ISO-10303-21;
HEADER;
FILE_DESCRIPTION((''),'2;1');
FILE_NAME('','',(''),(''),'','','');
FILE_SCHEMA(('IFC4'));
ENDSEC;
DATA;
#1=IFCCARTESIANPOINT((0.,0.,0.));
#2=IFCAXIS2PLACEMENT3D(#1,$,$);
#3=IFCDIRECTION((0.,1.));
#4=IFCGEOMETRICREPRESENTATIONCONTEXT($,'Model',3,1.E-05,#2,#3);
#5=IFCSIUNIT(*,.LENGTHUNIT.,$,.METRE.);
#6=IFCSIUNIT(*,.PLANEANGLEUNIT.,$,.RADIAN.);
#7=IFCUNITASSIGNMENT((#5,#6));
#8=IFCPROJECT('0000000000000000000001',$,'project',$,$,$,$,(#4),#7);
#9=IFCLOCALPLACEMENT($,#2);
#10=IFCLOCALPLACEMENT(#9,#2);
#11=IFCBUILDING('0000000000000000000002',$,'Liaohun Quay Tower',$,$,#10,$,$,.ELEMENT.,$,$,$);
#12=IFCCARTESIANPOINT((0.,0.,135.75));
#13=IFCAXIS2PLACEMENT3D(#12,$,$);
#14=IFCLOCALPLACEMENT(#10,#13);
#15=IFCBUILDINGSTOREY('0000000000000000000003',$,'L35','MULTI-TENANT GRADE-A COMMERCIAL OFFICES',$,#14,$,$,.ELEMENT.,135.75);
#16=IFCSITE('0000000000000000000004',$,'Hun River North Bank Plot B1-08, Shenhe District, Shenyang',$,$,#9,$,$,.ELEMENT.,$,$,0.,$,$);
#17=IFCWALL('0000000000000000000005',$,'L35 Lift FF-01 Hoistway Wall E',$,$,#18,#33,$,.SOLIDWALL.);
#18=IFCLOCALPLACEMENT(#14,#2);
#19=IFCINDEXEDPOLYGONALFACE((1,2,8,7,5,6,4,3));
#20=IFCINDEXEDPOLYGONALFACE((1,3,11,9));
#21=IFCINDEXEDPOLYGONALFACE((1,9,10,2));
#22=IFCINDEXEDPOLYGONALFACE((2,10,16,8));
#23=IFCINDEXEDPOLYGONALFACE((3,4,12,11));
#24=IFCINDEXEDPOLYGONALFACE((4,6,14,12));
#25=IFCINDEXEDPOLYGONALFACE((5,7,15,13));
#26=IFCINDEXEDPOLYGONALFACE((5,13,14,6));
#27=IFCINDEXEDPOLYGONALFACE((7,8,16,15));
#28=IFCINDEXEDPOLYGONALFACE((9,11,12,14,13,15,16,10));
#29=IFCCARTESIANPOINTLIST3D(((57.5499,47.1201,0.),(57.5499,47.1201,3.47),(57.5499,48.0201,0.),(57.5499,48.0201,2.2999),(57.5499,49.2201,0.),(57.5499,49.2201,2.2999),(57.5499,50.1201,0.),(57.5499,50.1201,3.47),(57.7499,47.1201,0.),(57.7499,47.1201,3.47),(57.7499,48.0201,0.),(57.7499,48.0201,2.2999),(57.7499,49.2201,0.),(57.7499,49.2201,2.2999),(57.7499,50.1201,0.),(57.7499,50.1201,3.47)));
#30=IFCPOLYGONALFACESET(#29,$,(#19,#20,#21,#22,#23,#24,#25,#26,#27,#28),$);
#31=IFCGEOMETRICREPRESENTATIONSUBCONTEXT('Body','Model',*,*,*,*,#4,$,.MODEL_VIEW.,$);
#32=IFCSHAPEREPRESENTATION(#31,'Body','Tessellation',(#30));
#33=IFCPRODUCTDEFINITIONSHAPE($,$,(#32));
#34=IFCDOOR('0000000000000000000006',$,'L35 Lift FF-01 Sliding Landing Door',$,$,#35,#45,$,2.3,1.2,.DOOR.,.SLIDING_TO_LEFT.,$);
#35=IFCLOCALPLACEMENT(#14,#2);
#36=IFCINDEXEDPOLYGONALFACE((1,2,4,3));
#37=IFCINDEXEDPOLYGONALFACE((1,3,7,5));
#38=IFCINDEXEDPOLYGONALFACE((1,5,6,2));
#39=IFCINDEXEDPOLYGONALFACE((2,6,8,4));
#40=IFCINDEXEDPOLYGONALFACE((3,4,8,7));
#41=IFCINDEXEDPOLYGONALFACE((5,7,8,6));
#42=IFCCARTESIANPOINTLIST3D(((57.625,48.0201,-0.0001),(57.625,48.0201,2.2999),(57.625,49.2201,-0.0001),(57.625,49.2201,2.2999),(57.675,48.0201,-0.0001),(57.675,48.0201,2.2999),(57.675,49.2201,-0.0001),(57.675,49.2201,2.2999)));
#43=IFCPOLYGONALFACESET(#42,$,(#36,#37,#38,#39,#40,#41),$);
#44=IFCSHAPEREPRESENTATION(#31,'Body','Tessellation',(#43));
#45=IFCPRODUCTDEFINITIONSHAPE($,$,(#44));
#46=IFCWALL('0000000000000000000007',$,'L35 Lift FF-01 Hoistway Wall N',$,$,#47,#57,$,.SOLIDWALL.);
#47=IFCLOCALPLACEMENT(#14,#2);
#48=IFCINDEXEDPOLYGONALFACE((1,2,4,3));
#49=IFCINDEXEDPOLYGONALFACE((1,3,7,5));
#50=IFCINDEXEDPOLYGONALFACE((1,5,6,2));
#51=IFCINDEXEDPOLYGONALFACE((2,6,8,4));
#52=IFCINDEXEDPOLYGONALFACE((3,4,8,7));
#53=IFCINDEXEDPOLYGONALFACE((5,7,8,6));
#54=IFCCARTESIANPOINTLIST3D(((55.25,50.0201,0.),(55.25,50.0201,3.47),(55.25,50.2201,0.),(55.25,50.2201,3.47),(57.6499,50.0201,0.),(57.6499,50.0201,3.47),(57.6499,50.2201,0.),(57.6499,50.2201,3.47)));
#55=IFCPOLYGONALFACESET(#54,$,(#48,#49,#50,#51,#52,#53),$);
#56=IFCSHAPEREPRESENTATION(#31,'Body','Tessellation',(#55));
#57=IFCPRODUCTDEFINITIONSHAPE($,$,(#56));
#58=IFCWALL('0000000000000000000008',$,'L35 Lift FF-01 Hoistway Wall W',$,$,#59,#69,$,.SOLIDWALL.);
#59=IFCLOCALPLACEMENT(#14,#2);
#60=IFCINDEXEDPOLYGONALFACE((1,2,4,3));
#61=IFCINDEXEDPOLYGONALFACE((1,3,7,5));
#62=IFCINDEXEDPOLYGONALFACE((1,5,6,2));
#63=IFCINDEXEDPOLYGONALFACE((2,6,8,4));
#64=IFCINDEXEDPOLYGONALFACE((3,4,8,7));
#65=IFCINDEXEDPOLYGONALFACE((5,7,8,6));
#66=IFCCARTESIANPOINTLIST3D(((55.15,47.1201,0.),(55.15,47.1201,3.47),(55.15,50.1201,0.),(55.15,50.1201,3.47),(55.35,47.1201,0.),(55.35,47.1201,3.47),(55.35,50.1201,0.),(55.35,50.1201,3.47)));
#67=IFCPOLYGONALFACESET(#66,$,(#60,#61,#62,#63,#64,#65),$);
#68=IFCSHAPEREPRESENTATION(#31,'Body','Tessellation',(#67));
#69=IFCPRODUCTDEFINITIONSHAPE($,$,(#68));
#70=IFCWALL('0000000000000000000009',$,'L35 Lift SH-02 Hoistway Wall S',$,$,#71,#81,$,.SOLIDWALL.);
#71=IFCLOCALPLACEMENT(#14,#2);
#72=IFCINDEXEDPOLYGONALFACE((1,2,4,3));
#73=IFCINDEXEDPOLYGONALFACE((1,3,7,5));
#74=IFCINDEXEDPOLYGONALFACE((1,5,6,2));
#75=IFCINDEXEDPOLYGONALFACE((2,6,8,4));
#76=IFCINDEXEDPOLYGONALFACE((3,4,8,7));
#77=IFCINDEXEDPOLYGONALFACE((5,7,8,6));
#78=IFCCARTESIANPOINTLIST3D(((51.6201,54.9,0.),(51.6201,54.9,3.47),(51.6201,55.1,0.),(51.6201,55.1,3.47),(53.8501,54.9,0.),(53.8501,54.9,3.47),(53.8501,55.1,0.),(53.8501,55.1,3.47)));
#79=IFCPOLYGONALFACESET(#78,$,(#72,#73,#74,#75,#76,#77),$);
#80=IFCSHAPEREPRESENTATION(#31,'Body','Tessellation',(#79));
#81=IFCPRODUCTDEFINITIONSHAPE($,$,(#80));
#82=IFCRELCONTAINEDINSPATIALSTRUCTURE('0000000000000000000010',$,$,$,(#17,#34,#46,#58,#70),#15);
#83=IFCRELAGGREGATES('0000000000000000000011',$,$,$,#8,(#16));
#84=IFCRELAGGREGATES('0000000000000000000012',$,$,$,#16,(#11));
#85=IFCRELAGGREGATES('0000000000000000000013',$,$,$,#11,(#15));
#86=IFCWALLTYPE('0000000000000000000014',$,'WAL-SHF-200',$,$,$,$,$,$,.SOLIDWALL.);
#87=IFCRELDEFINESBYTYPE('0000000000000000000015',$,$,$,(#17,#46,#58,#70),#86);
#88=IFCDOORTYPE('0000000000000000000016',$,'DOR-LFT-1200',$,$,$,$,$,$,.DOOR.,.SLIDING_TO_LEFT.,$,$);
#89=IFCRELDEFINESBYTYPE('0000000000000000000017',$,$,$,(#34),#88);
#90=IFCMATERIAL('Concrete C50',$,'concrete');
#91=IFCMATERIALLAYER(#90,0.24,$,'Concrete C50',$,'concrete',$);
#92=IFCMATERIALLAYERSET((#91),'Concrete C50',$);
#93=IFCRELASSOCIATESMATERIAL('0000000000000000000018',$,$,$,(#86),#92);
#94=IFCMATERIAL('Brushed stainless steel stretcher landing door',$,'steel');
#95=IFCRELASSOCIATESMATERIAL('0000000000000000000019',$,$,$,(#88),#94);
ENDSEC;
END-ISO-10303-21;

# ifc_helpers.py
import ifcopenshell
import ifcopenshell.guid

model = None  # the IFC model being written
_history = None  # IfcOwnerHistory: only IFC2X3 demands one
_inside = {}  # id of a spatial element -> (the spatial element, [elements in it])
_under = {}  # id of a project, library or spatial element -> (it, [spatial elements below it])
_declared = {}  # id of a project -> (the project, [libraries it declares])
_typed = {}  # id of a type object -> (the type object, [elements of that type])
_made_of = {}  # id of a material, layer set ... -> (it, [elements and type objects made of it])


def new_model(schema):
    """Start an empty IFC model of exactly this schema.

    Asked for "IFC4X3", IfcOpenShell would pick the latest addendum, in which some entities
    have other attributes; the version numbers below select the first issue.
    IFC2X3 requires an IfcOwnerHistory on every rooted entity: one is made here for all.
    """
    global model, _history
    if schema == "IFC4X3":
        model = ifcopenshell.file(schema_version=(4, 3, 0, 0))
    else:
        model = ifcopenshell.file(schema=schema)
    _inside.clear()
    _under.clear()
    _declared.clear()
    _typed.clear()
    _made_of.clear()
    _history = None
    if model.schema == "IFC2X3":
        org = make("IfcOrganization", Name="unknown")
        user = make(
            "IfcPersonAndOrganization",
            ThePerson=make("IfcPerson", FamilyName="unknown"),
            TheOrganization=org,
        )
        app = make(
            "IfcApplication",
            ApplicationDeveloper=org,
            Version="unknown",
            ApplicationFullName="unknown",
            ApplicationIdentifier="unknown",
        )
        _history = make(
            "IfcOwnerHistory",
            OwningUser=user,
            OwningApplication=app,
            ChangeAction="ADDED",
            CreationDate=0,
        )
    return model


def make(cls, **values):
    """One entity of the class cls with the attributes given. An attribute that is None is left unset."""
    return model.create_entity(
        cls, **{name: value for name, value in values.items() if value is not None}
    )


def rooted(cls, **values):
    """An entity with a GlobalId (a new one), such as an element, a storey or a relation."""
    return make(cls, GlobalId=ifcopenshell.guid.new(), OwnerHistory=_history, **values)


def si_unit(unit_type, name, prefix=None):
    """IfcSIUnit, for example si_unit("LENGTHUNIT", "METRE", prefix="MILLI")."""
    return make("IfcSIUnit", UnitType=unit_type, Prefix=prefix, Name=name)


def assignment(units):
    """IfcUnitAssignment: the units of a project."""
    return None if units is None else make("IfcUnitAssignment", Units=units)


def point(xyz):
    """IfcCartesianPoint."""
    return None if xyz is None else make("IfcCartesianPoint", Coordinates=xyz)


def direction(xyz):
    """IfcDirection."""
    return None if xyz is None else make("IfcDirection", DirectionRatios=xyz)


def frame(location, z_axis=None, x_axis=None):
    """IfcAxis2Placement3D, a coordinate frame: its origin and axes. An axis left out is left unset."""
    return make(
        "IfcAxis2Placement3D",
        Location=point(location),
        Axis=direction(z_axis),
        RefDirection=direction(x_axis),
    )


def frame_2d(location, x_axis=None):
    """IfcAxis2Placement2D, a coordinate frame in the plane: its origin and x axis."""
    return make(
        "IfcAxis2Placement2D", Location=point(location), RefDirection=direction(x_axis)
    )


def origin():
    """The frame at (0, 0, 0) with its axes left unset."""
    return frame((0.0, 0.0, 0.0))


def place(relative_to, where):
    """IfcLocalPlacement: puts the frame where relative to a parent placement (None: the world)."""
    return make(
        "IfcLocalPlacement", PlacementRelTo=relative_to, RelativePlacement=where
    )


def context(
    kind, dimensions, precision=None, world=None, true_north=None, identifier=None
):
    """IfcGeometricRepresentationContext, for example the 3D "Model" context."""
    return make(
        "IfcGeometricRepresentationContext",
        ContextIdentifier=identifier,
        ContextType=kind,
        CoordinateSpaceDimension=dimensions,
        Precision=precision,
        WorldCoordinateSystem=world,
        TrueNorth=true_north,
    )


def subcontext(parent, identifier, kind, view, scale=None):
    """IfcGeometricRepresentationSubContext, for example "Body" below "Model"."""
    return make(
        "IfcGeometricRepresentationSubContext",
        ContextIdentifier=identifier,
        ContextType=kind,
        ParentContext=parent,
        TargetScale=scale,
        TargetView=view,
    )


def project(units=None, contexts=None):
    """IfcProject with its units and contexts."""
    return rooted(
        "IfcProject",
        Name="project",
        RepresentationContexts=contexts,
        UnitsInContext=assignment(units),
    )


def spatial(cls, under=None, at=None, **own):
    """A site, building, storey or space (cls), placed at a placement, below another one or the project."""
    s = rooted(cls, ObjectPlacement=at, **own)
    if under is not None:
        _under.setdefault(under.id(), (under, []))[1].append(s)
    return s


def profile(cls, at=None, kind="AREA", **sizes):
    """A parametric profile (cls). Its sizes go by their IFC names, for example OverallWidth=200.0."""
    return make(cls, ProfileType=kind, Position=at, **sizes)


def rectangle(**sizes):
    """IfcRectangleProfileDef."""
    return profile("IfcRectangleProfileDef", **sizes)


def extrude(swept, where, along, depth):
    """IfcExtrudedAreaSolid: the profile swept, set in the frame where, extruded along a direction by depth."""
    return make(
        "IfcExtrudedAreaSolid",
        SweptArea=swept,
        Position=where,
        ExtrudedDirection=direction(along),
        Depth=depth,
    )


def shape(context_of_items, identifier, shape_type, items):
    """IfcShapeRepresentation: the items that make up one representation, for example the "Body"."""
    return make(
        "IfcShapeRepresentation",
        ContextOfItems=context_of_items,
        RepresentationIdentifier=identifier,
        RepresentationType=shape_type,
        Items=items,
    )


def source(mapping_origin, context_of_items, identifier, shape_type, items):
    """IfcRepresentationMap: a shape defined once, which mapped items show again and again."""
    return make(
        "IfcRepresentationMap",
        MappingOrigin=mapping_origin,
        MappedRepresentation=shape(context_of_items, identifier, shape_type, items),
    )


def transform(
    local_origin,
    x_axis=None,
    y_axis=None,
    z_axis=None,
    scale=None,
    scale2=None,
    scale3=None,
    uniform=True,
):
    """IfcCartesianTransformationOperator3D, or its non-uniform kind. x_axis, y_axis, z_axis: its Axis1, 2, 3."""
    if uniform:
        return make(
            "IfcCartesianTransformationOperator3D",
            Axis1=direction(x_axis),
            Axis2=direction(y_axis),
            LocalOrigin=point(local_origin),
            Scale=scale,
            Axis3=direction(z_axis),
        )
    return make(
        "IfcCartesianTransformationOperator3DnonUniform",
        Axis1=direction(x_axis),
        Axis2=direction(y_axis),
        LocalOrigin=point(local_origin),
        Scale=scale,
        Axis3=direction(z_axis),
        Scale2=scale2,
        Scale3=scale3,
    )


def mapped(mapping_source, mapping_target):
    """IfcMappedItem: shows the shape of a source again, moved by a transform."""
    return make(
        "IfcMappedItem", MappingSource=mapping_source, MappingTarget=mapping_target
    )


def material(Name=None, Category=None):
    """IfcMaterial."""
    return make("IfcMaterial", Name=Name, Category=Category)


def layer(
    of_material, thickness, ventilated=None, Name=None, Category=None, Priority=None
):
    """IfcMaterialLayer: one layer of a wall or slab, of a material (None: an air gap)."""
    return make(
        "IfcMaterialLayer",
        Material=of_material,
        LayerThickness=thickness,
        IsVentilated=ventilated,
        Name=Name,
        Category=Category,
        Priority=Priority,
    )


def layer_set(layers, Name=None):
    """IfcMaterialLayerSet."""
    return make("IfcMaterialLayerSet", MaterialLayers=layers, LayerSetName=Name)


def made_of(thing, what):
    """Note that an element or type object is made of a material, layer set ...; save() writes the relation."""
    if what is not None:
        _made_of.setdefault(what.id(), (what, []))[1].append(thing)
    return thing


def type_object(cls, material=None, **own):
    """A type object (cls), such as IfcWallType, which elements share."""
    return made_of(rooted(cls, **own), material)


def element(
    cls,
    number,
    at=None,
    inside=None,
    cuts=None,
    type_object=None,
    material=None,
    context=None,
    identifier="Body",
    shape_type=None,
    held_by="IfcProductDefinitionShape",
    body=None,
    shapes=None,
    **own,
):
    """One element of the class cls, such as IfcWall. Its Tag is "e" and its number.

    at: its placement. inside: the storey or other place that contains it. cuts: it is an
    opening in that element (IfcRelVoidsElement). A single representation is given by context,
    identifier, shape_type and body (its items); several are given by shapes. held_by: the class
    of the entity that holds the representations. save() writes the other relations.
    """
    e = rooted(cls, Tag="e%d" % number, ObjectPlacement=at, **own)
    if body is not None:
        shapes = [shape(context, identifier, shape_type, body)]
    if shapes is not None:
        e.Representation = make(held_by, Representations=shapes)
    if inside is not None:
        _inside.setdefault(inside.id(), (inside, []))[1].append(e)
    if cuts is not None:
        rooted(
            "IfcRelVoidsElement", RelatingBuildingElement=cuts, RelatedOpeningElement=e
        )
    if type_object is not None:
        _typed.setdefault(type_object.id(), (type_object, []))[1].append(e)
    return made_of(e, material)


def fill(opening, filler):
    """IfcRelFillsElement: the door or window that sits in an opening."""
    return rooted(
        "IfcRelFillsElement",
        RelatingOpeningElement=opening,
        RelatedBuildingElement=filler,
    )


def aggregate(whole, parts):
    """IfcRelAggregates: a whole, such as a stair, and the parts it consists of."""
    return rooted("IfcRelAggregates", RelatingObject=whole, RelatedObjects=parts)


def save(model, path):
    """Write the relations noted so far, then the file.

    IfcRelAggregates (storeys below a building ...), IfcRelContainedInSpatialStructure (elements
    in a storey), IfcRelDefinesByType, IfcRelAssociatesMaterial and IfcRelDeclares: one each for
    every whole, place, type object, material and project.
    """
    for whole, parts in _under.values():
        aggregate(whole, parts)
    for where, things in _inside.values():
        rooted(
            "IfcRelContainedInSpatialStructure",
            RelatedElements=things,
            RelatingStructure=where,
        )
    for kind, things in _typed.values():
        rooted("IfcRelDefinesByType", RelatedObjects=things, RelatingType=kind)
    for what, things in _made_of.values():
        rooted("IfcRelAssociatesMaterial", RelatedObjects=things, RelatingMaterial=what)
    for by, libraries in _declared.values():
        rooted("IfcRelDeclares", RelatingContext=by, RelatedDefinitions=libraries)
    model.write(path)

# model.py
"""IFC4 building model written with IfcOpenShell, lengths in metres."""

from ifc_helpers import new_model, si_unit, direction, frame, frame_2d, origin, place, context, subcontext, project, spatial, rectangle, extrude, source, transform, mapped, material, layer, layer_set, type_object, element, fill, save


model = new_model("IFC4")

# Units and contexts
model_context = context("Model", 3, precision=1e-05, world=origin(), true_north=direction((0.0, 1.0)))
body_context = subcontext(model_context, "Body", "Model", "MODEL_VIEW")
ifc_project = project(units=[si_unit("LENGTHUNIT", "METRE"), si_unit("PLANEANGLEUNIT", "RADIAN")], contexts=[model_context])

# Site, building, storey
site_placement = place(None, origin())
site = spatial("IfcSite", under=ifc_project, at=site_placement, Name="Hun River North Bank Plot B1-08, Shenhe District, Shenyang", CompositionType="ELEMENT", RefElevation=0.0)
building_placement = place(site_placement, origin())
building = spatial("IfcBuilding", under=site, at=building_placement, Name="Liaohun Quay Tower", CompositionType="ELEMENT")
storey_placement = place(building_placement, frame((0.0, 0.0, 135.75)))
storey = spatial("IfcBuildingStorey", under=building, at=storey_placement, Name="L35", Description="MULTI-TENANT GRADE-A COMMERCIAL OFFICES", CompositionType="ELEMENT", Elevation=135.75)

# Shared definitions
ifc_material_1 = material(Name="Concrete C50", Category="concrete")

# Shared definitions
ifc_layer_1 = layer(ifc_material_1, 0.24, Name="Concrete C50", Category="concrete")
ifc_layer_set_1 = layer_set([ifc_layer_1], Name="Concrete C50")
wall_type_1 = type_object("IfcWallType", Name="WAL-SHF-200", PredefinedType="SOLIDWALL", material=ifc_layer_set_1)

# Wall, opening, door
wall_1_placement = place(storey_placement, frame((57.6499, 47.1201, 0.0), z_axis=(0.0, 0.0, 1.0), x_axis=(0.0, 1.0, 0.0)))
wall_1 = element("IfcWall", 1, at=wall_1_placement, inside=storey, type_object=wall_type_1, Name="L35 Lift FF-01 Hoistway Wall E", PredefinedType="SOLIDWALL", context=body_context, shape_type="SweptSolid", body=[
    extrude(rectangle(XDim=3.0, YDim=0.2, at=frame_2d((1.5, 0.0))), origin(), (0.0, 0.0, 1.0), 3.47),
])
shared_shape_1 = source(origin(), body_context, "Body", "SweptSolid", [
    extrude(rectangle(XDim=1.2, YDim=2.3, at=frame_2d((0.6001, 1.1499))), frame((0.0, 0.1099, 0.0), z_axis=(0.0, -1.0, 0.0), x_axis=(1.0, 0.0, 0.0)), (0.0, 0.0, 1.0), 0.22),
])
opening_1_placement = place(wall_1_placement, frame((0.8999, 0.0, 0.0)))
opening_1 = element("IfcOpeningElement", 2, at=opening_1_placement, cuts=wall_1, PredefinedType="OPENING", context=body_context, shape_type="MappedRepresentation", body=[
    mapped(shared_shape_1, transform((0.0, 0.0, 0.0), x_axis=(1.0, 0.0, 0.0), y_axis=(0.0, 1.0, 0.0), z_axis=(0.0, 0.0, 1.0), scale=1.0)),
])
ifc_material_2 = material(Name="Brushed stainless steel stretcher landing door", Category="steel")
door_type_1 = type_object("IfcDoorType", Name="DOR-LFT-1200", OperationType="SLIDING_TO_LEFT", PredefinedType="DOOR", material=ifc_material_2)
shared_shape_2 = source(origin(), body_context, "Body", "SweptSolid", [
    extrude(rectangle(XDim=1.2, YDim=2.3, at=frame_2d((0.6001, 1.1499))), frame((0.0, 0.0249, 0.0), z_axis=(0.0, -1.0, 0.0), x_axis=(1.0, 0.0, 0.0)), (0.0, 0.0, 1.0), 0.05),
])
door_1_placement = place(opening_1_placement, origin())
door_1 = element("IfcDoor", 3, at=door_1_placement, inside=storey, type_object=door_type_1, Name="L35 Lift FF-01 Sliding Landing Door", OperationType="SLIDING_TO_LEFT", OverallHeight=2.3, OverallWidth=1.2, PredefinedType="DOOR", context=body_context, shape_type="MappedRepresentation", body=[
    mapped(shared_shape_2, transform((0.0, 0.0, 0.0), x_axis=(1.0, 0.0, 0.0), y_axis=(0.0, 1.0, 0.0), z_axis=(0.0, 0.0, 1.0), scale=1.0)),
])
fill(opening_1, door_1)

# Walls
wall_2_placement = place(storey_placement, frame((57.6499, 50.1201, 0.0), z_axis=(0.0, 0.0, 1.0), x_axis=(-1.0, 0.0, 0.0)))
element("IfcWall", 4, at=wall_2_placement, inside=storey, type_object=wall_type_1, Name="L35 Lift FF-01 Hoistway Wall N", PredefinedType="SOLIDWALL", context=body_context, shape_type="SweptSolid", body=[
    extrude(rectangle(XDim=2.3999, YDim=0.2, at=frame_2d((1.2, 0.0))), origin(), (0.0, 0.0, 1.0), 3.47),
])
wall_3_placement = place(storey_placement, frame((55.25, 50.1201, 0.0), z_axis=(0.0, 0.0, 1.0), x_axis=(0.0, -1.0, 0.0)))
element("IfcWall", 5, at=wall_3_placement, inside=storey, type_object=wall_type_1, Name="L35 Lift FF-01 Hoistway Wall W", PredefinedType="SOLIDWALL", context=body_context, shape_type="SweptSolid", body=[
    extrude(rectangle(XDim=3.0, YDim=0.2, at=frame_2d((1.5, 0.0))), origin(), (0.0, 0.0, 1.0), 3.47),
])
wall_4_placement = place(storey_placement, frame((51.6201, 55.0, 0.0), z_axis=(0.0, 0.0, 1.0), x_axis=(1.0, 0.0, 0.0)))
element("IfcWall", 6, at=wall_4_placement, inside=storey, type_object=wall_type_1, Name="L35 Lift SH-02 Hoistway Wall S", PredefinedType="SOLIDWALL", context=body_context, shape_type="SweptSolid", body=[
    extrude(rectangle(XDim=2.23, YDim=0.2, at=frame_2d((1.115, 0.0))), origin(), (0.0, 0.0, 1.0), 3.47),
])

save(model, "model.ifc")
